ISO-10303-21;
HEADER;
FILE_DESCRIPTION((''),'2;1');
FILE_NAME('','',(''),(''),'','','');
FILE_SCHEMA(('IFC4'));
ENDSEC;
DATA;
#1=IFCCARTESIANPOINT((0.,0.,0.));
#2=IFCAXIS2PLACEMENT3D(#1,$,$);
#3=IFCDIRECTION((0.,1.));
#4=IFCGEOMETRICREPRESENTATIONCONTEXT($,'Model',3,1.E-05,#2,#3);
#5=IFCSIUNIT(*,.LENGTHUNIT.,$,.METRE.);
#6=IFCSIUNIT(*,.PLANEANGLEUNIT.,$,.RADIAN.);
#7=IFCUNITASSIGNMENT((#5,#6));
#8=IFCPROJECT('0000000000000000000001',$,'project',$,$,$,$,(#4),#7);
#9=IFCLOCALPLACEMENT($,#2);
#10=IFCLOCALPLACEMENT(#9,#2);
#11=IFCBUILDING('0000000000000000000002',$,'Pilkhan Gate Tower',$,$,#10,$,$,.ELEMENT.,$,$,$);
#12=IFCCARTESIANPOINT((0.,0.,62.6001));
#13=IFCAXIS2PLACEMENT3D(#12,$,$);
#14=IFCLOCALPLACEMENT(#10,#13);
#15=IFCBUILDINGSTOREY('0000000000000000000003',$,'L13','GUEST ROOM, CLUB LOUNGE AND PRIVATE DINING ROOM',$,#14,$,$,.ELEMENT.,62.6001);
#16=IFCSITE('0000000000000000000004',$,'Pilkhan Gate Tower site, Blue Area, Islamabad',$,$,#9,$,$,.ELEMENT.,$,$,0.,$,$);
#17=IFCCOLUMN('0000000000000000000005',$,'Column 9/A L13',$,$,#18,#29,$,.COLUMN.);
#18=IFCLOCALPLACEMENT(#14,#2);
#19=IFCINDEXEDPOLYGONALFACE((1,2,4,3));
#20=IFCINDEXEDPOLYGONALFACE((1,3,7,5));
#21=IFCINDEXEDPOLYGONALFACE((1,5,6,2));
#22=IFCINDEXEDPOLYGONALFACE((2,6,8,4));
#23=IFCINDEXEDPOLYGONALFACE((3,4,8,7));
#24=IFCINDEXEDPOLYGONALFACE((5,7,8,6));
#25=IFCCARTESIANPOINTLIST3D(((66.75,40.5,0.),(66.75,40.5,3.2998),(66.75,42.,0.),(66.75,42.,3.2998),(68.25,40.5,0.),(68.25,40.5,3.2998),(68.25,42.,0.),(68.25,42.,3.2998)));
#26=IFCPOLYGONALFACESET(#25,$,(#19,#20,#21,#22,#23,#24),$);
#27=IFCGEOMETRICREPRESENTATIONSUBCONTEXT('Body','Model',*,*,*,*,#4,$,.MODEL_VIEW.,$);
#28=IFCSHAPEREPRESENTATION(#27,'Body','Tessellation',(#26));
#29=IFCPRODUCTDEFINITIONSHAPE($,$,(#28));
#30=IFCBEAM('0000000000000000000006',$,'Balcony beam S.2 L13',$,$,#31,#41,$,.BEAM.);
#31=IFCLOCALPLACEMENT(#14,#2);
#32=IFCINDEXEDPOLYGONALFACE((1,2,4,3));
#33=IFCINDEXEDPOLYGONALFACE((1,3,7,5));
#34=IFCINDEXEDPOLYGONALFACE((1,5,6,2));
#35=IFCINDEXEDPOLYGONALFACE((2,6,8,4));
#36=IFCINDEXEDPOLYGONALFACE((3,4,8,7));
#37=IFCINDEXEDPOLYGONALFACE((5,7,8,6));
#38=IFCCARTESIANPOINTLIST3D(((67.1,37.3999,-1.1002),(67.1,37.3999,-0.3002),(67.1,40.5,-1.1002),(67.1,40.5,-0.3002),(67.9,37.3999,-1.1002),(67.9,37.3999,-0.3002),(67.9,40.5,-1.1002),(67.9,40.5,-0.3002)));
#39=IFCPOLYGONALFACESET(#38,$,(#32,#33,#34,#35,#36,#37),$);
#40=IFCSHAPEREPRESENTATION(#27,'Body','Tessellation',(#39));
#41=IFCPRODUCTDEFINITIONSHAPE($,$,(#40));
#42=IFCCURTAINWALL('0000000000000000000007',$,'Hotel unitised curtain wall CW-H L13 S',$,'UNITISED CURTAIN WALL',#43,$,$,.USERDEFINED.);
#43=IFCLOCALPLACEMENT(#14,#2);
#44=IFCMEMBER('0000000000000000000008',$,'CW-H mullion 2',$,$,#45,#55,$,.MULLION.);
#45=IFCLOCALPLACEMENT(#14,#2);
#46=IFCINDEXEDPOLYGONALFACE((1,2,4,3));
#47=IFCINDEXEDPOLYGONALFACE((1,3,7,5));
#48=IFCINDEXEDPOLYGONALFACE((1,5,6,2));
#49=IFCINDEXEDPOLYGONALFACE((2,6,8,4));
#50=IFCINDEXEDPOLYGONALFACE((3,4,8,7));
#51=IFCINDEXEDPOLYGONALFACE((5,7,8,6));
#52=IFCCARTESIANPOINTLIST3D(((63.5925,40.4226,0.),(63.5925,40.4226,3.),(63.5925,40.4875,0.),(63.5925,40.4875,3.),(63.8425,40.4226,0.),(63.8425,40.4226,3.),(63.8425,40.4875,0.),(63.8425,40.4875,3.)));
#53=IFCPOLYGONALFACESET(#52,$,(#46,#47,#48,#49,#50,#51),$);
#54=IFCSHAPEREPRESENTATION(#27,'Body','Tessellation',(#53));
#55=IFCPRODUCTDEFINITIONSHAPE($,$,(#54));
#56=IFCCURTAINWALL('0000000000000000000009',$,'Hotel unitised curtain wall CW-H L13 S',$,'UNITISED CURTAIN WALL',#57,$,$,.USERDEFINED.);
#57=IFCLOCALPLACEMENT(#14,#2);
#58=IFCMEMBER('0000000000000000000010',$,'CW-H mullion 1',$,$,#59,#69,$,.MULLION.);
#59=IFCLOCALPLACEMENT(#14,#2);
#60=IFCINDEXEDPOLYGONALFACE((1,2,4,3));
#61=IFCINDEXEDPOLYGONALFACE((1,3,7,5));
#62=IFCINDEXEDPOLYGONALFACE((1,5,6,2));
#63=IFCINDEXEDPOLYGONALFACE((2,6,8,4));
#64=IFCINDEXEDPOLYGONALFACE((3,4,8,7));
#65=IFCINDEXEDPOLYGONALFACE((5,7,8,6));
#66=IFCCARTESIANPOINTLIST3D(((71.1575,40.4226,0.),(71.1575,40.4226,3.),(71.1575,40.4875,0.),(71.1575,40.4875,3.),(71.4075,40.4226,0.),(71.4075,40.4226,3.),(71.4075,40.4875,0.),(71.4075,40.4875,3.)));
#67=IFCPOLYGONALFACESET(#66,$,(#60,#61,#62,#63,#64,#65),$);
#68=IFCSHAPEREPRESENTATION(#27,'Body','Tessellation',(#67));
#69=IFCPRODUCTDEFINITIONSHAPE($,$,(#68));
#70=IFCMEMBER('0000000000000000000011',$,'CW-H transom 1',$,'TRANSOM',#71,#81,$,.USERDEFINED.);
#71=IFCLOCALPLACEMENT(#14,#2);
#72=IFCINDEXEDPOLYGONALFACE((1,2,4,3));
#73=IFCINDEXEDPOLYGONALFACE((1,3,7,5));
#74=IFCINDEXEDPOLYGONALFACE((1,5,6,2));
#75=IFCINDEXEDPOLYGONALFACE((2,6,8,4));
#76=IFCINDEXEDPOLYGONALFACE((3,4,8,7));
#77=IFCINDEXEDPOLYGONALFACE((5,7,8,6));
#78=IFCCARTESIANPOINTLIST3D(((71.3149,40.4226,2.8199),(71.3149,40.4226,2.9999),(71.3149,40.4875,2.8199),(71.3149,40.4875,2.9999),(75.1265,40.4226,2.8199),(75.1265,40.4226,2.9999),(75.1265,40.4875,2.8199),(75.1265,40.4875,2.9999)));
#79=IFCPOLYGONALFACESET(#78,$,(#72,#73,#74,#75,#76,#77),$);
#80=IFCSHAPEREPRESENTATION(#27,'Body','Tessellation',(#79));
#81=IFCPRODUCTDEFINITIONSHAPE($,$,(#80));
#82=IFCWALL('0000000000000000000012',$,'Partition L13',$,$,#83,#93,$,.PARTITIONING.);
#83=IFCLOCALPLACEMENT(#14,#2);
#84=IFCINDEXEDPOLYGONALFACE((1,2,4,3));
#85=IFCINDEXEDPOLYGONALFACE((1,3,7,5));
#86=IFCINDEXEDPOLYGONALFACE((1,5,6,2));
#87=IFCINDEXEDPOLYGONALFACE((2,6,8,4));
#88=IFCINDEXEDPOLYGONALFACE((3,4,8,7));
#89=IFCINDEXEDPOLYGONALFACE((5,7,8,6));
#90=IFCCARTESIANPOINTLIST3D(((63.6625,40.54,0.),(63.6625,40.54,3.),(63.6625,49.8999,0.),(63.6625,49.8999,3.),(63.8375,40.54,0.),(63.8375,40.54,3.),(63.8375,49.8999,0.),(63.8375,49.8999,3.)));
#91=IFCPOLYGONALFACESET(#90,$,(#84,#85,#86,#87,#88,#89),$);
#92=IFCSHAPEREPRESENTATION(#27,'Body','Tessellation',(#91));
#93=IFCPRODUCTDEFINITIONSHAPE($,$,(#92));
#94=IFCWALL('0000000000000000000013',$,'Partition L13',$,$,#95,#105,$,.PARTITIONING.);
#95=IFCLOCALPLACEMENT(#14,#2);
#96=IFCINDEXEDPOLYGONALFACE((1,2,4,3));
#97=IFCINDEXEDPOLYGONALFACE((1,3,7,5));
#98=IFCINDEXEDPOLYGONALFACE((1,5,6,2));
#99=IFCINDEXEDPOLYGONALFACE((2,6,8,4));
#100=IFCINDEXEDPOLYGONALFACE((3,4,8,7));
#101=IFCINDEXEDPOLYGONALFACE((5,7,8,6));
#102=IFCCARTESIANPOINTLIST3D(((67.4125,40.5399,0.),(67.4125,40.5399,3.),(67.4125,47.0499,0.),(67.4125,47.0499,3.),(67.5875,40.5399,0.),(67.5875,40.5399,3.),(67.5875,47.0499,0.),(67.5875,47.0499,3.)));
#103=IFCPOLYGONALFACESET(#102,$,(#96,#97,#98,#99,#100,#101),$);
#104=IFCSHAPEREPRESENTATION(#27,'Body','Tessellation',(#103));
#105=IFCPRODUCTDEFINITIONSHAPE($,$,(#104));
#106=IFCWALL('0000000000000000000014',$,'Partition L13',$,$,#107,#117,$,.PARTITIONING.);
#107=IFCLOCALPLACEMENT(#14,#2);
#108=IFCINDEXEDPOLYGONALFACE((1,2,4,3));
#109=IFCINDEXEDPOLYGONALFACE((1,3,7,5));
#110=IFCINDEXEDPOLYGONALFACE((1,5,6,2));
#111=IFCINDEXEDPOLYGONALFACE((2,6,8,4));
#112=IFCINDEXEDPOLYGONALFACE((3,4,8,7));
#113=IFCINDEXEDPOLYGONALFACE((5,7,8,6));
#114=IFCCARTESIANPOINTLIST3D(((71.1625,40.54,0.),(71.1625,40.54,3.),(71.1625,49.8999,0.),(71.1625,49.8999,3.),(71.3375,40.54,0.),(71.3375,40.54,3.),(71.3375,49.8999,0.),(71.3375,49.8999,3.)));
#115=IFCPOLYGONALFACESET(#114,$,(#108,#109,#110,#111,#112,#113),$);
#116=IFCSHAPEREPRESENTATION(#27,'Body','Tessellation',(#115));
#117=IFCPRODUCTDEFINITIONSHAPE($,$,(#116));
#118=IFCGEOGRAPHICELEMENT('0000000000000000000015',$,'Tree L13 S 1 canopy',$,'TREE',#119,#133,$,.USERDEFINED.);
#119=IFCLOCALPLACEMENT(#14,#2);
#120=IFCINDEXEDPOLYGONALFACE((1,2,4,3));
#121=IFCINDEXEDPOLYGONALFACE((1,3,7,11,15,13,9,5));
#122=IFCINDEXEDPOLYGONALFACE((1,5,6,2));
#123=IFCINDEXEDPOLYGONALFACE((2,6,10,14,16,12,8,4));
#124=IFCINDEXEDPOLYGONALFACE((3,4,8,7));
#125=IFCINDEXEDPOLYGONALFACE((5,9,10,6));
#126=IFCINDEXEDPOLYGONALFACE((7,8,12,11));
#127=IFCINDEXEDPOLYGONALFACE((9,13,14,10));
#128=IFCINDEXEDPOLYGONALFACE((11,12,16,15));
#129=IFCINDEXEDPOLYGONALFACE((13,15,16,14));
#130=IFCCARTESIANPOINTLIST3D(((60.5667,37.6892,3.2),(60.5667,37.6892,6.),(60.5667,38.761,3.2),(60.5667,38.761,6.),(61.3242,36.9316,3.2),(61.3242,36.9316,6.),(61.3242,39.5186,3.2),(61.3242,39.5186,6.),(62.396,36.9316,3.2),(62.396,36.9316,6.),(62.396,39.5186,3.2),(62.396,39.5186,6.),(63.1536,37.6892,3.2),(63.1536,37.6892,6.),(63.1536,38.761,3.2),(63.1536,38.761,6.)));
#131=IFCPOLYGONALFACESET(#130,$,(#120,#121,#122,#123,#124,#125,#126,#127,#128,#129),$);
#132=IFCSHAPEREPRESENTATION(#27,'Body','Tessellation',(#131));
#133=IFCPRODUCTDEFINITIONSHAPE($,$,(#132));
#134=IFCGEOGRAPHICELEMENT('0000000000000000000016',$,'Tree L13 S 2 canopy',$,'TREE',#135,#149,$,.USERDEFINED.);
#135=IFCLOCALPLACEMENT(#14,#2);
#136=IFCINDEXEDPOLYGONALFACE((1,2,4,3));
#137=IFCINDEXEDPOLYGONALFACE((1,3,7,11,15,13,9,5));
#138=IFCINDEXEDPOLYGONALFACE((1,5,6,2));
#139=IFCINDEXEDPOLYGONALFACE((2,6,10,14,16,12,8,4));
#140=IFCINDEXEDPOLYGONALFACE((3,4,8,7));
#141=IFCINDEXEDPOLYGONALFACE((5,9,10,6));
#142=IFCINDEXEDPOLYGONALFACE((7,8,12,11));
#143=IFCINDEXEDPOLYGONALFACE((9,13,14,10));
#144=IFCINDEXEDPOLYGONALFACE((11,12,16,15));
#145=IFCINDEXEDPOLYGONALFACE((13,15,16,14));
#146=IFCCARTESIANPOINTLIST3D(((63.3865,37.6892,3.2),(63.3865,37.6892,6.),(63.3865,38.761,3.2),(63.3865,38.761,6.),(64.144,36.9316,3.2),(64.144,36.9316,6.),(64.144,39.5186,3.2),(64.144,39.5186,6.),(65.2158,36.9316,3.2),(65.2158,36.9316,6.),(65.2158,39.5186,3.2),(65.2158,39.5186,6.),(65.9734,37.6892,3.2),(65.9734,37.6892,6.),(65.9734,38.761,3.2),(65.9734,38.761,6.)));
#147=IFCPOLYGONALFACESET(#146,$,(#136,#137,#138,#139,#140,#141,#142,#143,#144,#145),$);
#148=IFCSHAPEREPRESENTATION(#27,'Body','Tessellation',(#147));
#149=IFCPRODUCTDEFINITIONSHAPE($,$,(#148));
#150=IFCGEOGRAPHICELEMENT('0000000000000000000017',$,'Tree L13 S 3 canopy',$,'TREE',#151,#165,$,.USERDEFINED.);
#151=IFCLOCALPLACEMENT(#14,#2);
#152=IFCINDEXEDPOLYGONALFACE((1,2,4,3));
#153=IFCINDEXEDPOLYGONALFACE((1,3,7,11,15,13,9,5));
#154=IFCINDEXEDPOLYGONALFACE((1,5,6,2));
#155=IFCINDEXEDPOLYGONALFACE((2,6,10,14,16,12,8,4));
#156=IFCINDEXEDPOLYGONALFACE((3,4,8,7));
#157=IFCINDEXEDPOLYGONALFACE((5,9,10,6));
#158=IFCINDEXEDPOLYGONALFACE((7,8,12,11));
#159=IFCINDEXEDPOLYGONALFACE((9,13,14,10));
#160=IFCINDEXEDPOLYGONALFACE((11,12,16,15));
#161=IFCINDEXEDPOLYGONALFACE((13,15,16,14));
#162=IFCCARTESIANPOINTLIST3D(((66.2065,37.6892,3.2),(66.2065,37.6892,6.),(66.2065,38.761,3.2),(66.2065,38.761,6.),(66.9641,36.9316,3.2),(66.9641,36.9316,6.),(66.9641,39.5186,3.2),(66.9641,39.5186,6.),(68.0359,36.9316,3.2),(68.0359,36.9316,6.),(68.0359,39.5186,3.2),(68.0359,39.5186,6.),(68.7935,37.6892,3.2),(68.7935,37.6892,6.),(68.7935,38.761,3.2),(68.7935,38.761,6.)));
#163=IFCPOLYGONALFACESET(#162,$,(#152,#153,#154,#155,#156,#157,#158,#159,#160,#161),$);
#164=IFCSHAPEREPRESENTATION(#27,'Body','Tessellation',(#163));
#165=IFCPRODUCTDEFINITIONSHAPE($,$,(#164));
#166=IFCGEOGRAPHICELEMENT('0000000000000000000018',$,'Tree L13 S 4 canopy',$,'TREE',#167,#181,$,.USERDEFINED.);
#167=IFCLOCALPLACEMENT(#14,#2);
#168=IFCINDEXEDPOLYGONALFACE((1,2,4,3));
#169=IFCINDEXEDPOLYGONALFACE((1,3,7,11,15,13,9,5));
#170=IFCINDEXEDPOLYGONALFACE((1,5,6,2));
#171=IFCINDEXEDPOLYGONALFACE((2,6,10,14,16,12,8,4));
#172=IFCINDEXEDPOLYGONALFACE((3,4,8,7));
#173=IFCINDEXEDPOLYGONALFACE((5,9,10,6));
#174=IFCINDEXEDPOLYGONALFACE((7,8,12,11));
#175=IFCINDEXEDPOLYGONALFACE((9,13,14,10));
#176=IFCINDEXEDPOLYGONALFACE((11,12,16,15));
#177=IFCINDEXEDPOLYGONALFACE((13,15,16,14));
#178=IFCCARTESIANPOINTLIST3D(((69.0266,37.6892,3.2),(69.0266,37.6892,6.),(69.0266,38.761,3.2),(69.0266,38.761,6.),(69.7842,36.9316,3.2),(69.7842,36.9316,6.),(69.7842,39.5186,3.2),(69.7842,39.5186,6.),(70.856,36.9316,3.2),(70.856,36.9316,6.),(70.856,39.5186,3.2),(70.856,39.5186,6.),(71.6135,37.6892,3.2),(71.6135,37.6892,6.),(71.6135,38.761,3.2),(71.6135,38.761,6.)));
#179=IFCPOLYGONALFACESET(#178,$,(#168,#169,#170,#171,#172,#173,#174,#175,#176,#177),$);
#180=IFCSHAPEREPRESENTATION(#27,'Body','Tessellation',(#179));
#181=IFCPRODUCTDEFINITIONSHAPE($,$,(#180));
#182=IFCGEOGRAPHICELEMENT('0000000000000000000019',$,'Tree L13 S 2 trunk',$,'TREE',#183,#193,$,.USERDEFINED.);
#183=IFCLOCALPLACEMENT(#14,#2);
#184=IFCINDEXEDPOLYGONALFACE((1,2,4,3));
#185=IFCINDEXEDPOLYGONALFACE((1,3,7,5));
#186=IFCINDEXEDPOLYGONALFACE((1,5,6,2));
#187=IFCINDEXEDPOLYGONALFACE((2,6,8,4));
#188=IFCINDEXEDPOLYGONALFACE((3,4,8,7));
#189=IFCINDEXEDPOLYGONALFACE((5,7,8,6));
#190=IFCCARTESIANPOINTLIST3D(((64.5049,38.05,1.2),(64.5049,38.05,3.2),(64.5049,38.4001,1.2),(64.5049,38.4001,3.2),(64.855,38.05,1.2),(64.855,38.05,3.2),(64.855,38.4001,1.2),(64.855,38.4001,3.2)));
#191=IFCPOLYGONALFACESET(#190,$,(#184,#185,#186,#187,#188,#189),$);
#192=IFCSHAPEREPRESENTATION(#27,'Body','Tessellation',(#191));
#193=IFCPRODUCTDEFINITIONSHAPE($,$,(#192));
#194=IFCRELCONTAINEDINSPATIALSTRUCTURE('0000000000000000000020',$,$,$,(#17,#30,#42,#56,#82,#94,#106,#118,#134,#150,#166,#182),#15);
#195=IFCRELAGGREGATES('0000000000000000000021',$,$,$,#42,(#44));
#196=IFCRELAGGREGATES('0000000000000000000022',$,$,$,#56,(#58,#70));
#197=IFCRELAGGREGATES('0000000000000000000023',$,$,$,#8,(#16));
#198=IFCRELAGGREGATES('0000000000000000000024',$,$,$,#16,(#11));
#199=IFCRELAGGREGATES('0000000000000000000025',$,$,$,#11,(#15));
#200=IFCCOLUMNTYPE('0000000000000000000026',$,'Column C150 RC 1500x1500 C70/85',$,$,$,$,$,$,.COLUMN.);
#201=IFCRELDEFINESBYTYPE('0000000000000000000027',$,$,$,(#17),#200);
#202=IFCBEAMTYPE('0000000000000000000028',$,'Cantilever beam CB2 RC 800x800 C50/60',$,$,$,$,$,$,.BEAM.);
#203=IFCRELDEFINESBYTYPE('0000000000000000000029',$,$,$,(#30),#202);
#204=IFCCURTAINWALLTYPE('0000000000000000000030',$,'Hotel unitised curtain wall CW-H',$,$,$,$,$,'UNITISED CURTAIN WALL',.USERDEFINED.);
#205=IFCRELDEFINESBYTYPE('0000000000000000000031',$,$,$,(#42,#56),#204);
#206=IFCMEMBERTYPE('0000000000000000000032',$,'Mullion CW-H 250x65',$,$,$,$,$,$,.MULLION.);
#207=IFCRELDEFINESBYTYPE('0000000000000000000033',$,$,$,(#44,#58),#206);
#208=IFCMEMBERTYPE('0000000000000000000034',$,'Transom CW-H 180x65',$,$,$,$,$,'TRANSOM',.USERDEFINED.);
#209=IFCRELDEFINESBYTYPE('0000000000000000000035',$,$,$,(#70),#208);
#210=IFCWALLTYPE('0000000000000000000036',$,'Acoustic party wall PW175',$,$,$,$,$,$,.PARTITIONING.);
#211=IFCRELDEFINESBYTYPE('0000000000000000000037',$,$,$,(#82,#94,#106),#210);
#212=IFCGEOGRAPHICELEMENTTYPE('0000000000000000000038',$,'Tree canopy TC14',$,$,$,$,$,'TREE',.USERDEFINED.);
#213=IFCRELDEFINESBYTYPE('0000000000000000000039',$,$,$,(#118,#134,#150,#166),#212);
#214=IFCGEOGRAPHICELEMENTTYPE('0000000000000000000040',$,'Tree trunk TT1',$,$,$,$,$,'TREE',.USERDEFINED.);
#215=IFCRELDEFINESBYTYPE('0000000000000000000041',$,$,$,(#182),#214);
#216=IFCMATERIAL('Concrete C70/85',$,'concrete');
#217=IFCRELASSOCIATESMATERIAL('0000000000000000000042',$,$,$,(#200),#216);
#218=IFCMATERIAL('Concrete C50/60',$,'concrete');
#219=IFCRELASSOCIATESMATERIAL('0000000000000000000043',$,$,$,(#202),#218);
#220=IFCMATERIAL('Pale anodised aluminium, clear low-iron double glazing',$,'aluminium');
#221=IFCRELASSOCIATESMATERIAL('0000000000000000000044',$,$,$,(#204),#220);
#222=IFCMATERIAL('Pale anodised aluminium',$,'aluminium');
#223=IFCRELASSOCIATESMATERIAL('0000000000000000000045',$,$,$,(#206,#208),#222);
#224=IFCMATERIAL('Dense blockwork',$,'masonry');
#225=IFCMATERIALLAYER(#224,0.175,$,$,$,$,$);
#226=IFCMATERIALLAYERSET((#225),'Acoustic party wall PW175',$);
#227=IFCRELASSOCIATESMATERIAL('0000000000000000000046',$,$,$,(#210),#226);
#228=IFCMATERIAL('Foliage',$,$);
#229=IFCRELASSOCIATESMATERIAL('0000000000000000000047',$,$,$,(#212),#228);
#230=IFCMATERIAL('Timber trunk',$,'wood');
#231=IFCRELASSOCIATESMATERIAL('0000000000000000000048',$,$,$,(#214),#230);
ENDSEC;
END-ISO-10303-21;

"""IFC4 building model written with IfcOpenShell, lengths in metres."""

from ifc_helpers import new_model, si_unit, direction, frame, frame_2d, origin, origin_2d, place, context, subcontext, project, spatial, polyline, rectangle, outline, extrude, material, layer, layer_set, material_profile, profile_set, type_object, element, aggregate, save


model = new_model("IFC4")

# Units and contexts
model_context = context("Model", 3, precision=1e-05, world=origin(), true_north=direction((0.0, 1.0)))
body_context = subcontext(model_context, "Body", "Model", "MODEL_VIEW")
ifc_project = project(units=[si_unit("LENGTHUNIT", "METRE"), si_unit("PLANEANGLEUNIT", "RADIAN")], contexts=[model_context])

# Site, building, storey
site_placement = place(None, origin())
site = spatial("IfcSite", under=ifc_project, at=site_placement, Name="Pilkhan Gate Tower site, Blue Area, Islamabad", CompositionType="ELEMENT", RefElevation=0.0)
building_placement = place(site_placement, origin())
building = spatial("IfcBuilding", under=site, at=building_placement, Name="Pilkhan Gate Tower", CompositionType="ELEMENT")
storey_placement = place(building_placement, frame((0.0, 0.0, 62.6001)))
storey = spatial("IfcBuildingStorey", under=building, at=storey_placement, Name="L13", Description="GUEST ROOM, CLUB LOUNGE AND PRIVATE DINING ROOM", CompositionType="ELEMENT", Elevation=62.6001)

# Column
ifc_material_1 = material(Name="Concrete C70/85", Category="concrete")
ifc_material_profile_1 = material_profile(ifc_material_1, rectangle(XDim=1.5, YDim=1.5, at=origin_2d()), Name="RC 1500x1500")
ifc_profile_set_1 = profile_set([ifc_material_profile_1], Name="Concrete C70/85")
column_type = type_object("IfcColumnType", Name="Column C150 RC 1500x1500 C70/85", PredefinedType="COLUMN", material=ifc_profile_set_1)
column_placement = place(storey_placement, frame((67.5, 41.25, 0.0), z_axis=(0.0, 0.0, 1.0), x_axis=(1.0, 0.0, 0.0)))
element("IfcColumn", 1, at=column_placement, inside=storey, type_object=column_type, Name="Column 9/A L13", PredefinedType="COLUMN", context=body_context, shape_type="SweptSolid", body=[
    extrude(rectangle(XDim=1.5, YDim=1.5, at=origin_2d()), origin(), (0.0, 0.0, 1.0), 3.2998),
])

# Beam
ifc_material_2 = material(Name="Concrete C50/60", Category="concrete")
ifc_material_profile_2 = material_profile(ifc_material_2, rectangle(XDim=0.8, YDim=0.8, at=origin_2d()), Name="RC 800x800")
ifc_profile_set_2 = profile_set([ifc_material_profile_2], Name="Concrete C50/60")
beam_type = type_object("IfcBeamType", Name="Cantilever beam CB2 RC 800x800 C50/60", PredefinedType="BEAM", material=ifc_profile_set_2)
beam_placement = place(storey_placement, frame((67.5, 40.5, -0.7002), z_axis=(0.0, -1.0, 0.0), x_axis=(1.0, 0.0, 0.0)))
element("IfcBeam", 2, at=beam_placement, inside=storey, type_object=beam_type, Name="Balcony beam S.2 L13", PredefinedType="BEAM", context=body_context, shape_type="SweptSolid", body=[
    extrude(rectangle(XDim=0.8, YDim=0.8, at=origin_2d()), origin(), (0.0, 0.0, 1.0), 3.1001),
])

# Curtain wall, member
ifc_material_3 = material(Name="Pale anodised aluminium, clear low-iron double glazing", Category="aluminium")
curtain_wall_type = type_object("IfcCurtainWallType", Name="Hotel unitised curtain wall CW-H", ElementType="UNITISED CURTAIN WALL", PredefinedType="USERDEFINED", material=ifc_material_3)
curtain_wall_1_placement = place(storey_placement, origin())
curtain_wall_1 = element("IfcCurtainWall", 3, at=curtain_wall_1_placement, inside=storey, type_object=curtain_wall_type, Name="Hotel unitised curtain wall CW-H L13 S", ObjectType="UNITISED CURTAIN WALL", PredefinedType="USERDEFINED")
ifc_material_4 = material(Name="Pale anodised aluminium", Category="aluminium")
ifc_material_profile_3 = material_profile(ifc_material_4, rectangle(XDim=0.0649, YDim=0.25, at=origin_2d()), Name="Mullion 250x65")
ifc_profile_set_3 = profile_set([ifc_material_profile_3], Name="Pale anodised aluminium")
member_type_1 = type_object("IfcMemberType", Name="Mullion CW-H 250x65", PredefinedType="MULLION", material=ifc_profile_set_3)
member_1_placement = place(storey_placement, frame((63.7175, 40.4551, 0.0), z_axis=(0.0, 0.0, 1.0), x_axis=(0.0, 1.0, 0.0)))
member_1 = element("IfcMember", 4, at=member_1_placement, type_object=member_type_1, Name="CW-H mullion 2", PredefinedType="MULLION", context=body_context, shape_type="SweptSolid", body=[
    extrude(rectangle(XDim=0.0649, YDim=0.25, at=origin_2d()), origin(), (0.0, 0.0, 1.0), 3.0),
])
aggregate(curtain_wall_1, [member_1])

# Curtain wall, members
curtain_wall_2_placement = place(storey_placement, origin())
curtain_wall_2 = element("IfcCurtainWall", 5, at=curtain_wall_2_placement, inside=storey, type_object=curtain_wall_type, Name="Hotel unitised curtain wall CW-H L13 S", ObjectType="UNITISED CURTAIN WALL", PredefinedType="USERDEFINED")
member_2_placement = place(storey_placement, frame((71.2825, 40.4551, 0.0), z_axis=(0.0, 0.0, 1.0), x_axis=(0.0, 1.0, 0.0)))
member_2 = element("IfcMember", 6, at=member_2_placement, type_object=member_type_1, Name="CW-H mullion 1", PredefinedType="MULLION", context=body_context, shape_type="SweptSolid", body=[
    extrude(rectangle(XDim=0.0649, YDim=0.25, at=origin_2d()), origin(), (0.0, 0.0, 1.0), 3.0),
])
ifc_material_profile_4 = material_profile(ifc_material_4, rectangle(XDim=0.0649, YDim=0.1799, at=origin_2d()), Name="Transom 180x65")
ifc_profile_set_4 = profile_set([ifc_material_profile_4], Name="Pale anodised aluminium")
member_type_2 = type_object("IfcMemberType", Name="Transom CW-H 180x65", ElementType="TRANSOM", PredefinedType="USERDEFINED", material=ifc_profile_set_4)
member_3_placement = place(storey_placement, frame((71.3149, 40.4551, 2.9099), z_axis=(1.0, 0.0, 0.0), x_axis=(0.0, 1.0, 0.0)))
member_3 = element("IfcMember", 7, at=member_3_placement, type_object=member_type_2, Name="CW-H transom 1", ObjectType="TRANSOM", PredefinedType="USERDEFINED", context=body_context, shape_type="SweptSolid", body=[
    extrude(rectangle(XDim=0.0649, YDim=0.1799, at=origin_2d()), origin(), (0.0, 0.0, 1.0), 3.8115),
])
aggregate(curtain_wall_2, [member_2, member_3])

# Walls
ifc_material_5 = material(Name="Dense blockwork", Category="masonry")
ifc_layer_1 = layer(ifc_material_5, 0.175)
ifc_layer_set_1 = layer_set([ifc_layer_1], Name="Acoustic party wall PW175")
wall_type_1 = type_object("IfcWallType", Name="Acoustic party wall PW175", PredefinedType="PARTITIONING", material=ifc_layer_set_1)
wall_1_placement = place(storey_placement, frame((63.75, 40.54, 0.0), z_axis=(0.0, 0.0, 1.0), x_axis=(0.0, 1.0, 0.0)))
element("IfcWall", 8, at=wall_1_placement, inside=storey, type_object=wall_type_1, Name="Partition L13", PredefinedType="PARTITIONING", context=body_context, shape_type="SweptSolid", body=[
    extrude(rectangle(XDim=9.3599, YDim=0.175, at=frame_2d((4.6799, 0.0))), origin(), (0.0, 0.0, 1.0), 3.0),
])
wall_2_placement = place(storey_placement, frame((67.5, 40.54, 0.0), z_axis=(0.0, 0.0, 1.0), x_axis=(0.0, 1.0, 0.0)))
element("IfcWall", 9, at=wall_2_placement, inside=storey, type_object=wall_type_1, Name="Partition L13", PredefinedType="PARTITIONING", context=body_context, shape_type="SweptSolid", body=[
    extrude(rectangle(XDim=6.51, YDim=0.175, at=frame_2d((3.2549, 0.0))), origin(), (0.0, 0.0, 1.0), 3.0),
])
wall_3_placement = place(storey_placement, frame((71.25, 40.54, 0.0), z_axis=(0.0, 0.0, 1.0), x_axis=(0.0, 1.0, 0.0)))
element("IfcWall", 10, at=wall_3_placement, inside=storey, type_object=wall_type_1, Name="Partition L13", PredefinedType="PARTITIONING", context=body_context, shape_type="SweptSolid", body=[
    extrude(rectangle(XDim=9.3599, YDim=0.175, at=frame_2d((4.6799, 0.0))), origin(), (0.0, 0.0, 1.0), 3.0),
])

# Geographic elements
ifc_material_6 = material(Name="Foliage")
ifc_material_profile_5 = material_profile(ifc_material_6, outline(polyline([(1.2935, 0.5359), (0.5359, 1.2935), (-0.5359, 1.2935), (-1.2935, 0.5359), (-1.2935, -0.5359), (-0.5359, -1.2935), (0.5359, -1.2935), (1.2935, -0.5359), (1.2935, 0.5359)])), Name="Canopy D2.8")
ifc_profile_set_5 = profile_set([ifc_material_profile_5], Name="Foliage")
geographic_element_type_1 = type_object("IfcGeographicElementType", Name="Tree canopy TC14", ElementType="TREE", PredefinedType="USERDEFINED", material=ifc_profile_set_5)
for number, where, z_axis, x_axis, name in (
    (11, (61.8601, 38.2251, 3.2), (0.0, 0.0, 1.0), (1.0, 0.0, 0.0), "Tree L13 S 1 canopy"),
    (12, (64.6799, 38.2251, 3.2), (0.0, 0.0, 1.0), (1.0, 0.0, 0.0), "Tree L13 S 2 canopy"),
    (13, (67.5, 38.2251, 3.2), (0.0, 0.0, 1.0), (1.0, 0.0, 0.0), "Tree L13 S 3 canopy"),
    (14, (70.3201, 38.2251, 3.2), (0.0, 0.0, 1.0), (1.0, 0.0, 0.0), "Tree L13 S 4 canopy"),
):
    element("IfcGeographicElement", number, at=place(storey_placement, frame(where, z_axis=z_axis, x_axis=x_axis)), inside=storey, type_object=geographic_element_type_1, Name=name, ObjectType="TREE", PredefinedType="USERDEFINED", context=body_context, shape_type="SweptSolid", body=[
        extrude(outline(polyline([(1.2935, 0.5359), (0.5359, 1.2935), (-0.5359, 1.2935), (-1.2935, 0.5359), (-1.2935, -0.5359), (-0.5359, -1.2935), (0.5359, -1.2935), (1.2935, -0.5359), (1.2935, 0.5359)])), origin(), (0.0, 0.0, 1.0), 2.8),
    ])
ifc_material_7 = material(Name="Timber trunk", Category="wood")
geographic_element_type_2 = type_object("IfcGeographicElementType", Name="Tree trunk TT1", ElementType="TREE", PredefinedType="USERDEFINED", material=ifc_material_7)
for number, where, z_axis, x_axis, name in (
    (15, (64.6799, 38.2251, 1.2), (0.0, 0.0, 1.0), (1.0, 0.0, 0.0), "Tree L13 S 2 trunk"),
):
    element("IfcGeographicElement", number, at=place(storey_placement, frame(where, z_axis=z_axis, x_axis=x_axis)), inside=storey, type_object=geographic_element_type_2, Name=name, ObjectType="TREE", PredefinedType="USERDEFINED", context=body_context, shape_type="SweptSolid", body=[
        extrude(rectangle(XDim=0.3501, YDim=0.3501, at=origin_2d()), origin(), (0.0, 0.0, 1.0), 2.0),
    ])

save(model, "model.ifc")
